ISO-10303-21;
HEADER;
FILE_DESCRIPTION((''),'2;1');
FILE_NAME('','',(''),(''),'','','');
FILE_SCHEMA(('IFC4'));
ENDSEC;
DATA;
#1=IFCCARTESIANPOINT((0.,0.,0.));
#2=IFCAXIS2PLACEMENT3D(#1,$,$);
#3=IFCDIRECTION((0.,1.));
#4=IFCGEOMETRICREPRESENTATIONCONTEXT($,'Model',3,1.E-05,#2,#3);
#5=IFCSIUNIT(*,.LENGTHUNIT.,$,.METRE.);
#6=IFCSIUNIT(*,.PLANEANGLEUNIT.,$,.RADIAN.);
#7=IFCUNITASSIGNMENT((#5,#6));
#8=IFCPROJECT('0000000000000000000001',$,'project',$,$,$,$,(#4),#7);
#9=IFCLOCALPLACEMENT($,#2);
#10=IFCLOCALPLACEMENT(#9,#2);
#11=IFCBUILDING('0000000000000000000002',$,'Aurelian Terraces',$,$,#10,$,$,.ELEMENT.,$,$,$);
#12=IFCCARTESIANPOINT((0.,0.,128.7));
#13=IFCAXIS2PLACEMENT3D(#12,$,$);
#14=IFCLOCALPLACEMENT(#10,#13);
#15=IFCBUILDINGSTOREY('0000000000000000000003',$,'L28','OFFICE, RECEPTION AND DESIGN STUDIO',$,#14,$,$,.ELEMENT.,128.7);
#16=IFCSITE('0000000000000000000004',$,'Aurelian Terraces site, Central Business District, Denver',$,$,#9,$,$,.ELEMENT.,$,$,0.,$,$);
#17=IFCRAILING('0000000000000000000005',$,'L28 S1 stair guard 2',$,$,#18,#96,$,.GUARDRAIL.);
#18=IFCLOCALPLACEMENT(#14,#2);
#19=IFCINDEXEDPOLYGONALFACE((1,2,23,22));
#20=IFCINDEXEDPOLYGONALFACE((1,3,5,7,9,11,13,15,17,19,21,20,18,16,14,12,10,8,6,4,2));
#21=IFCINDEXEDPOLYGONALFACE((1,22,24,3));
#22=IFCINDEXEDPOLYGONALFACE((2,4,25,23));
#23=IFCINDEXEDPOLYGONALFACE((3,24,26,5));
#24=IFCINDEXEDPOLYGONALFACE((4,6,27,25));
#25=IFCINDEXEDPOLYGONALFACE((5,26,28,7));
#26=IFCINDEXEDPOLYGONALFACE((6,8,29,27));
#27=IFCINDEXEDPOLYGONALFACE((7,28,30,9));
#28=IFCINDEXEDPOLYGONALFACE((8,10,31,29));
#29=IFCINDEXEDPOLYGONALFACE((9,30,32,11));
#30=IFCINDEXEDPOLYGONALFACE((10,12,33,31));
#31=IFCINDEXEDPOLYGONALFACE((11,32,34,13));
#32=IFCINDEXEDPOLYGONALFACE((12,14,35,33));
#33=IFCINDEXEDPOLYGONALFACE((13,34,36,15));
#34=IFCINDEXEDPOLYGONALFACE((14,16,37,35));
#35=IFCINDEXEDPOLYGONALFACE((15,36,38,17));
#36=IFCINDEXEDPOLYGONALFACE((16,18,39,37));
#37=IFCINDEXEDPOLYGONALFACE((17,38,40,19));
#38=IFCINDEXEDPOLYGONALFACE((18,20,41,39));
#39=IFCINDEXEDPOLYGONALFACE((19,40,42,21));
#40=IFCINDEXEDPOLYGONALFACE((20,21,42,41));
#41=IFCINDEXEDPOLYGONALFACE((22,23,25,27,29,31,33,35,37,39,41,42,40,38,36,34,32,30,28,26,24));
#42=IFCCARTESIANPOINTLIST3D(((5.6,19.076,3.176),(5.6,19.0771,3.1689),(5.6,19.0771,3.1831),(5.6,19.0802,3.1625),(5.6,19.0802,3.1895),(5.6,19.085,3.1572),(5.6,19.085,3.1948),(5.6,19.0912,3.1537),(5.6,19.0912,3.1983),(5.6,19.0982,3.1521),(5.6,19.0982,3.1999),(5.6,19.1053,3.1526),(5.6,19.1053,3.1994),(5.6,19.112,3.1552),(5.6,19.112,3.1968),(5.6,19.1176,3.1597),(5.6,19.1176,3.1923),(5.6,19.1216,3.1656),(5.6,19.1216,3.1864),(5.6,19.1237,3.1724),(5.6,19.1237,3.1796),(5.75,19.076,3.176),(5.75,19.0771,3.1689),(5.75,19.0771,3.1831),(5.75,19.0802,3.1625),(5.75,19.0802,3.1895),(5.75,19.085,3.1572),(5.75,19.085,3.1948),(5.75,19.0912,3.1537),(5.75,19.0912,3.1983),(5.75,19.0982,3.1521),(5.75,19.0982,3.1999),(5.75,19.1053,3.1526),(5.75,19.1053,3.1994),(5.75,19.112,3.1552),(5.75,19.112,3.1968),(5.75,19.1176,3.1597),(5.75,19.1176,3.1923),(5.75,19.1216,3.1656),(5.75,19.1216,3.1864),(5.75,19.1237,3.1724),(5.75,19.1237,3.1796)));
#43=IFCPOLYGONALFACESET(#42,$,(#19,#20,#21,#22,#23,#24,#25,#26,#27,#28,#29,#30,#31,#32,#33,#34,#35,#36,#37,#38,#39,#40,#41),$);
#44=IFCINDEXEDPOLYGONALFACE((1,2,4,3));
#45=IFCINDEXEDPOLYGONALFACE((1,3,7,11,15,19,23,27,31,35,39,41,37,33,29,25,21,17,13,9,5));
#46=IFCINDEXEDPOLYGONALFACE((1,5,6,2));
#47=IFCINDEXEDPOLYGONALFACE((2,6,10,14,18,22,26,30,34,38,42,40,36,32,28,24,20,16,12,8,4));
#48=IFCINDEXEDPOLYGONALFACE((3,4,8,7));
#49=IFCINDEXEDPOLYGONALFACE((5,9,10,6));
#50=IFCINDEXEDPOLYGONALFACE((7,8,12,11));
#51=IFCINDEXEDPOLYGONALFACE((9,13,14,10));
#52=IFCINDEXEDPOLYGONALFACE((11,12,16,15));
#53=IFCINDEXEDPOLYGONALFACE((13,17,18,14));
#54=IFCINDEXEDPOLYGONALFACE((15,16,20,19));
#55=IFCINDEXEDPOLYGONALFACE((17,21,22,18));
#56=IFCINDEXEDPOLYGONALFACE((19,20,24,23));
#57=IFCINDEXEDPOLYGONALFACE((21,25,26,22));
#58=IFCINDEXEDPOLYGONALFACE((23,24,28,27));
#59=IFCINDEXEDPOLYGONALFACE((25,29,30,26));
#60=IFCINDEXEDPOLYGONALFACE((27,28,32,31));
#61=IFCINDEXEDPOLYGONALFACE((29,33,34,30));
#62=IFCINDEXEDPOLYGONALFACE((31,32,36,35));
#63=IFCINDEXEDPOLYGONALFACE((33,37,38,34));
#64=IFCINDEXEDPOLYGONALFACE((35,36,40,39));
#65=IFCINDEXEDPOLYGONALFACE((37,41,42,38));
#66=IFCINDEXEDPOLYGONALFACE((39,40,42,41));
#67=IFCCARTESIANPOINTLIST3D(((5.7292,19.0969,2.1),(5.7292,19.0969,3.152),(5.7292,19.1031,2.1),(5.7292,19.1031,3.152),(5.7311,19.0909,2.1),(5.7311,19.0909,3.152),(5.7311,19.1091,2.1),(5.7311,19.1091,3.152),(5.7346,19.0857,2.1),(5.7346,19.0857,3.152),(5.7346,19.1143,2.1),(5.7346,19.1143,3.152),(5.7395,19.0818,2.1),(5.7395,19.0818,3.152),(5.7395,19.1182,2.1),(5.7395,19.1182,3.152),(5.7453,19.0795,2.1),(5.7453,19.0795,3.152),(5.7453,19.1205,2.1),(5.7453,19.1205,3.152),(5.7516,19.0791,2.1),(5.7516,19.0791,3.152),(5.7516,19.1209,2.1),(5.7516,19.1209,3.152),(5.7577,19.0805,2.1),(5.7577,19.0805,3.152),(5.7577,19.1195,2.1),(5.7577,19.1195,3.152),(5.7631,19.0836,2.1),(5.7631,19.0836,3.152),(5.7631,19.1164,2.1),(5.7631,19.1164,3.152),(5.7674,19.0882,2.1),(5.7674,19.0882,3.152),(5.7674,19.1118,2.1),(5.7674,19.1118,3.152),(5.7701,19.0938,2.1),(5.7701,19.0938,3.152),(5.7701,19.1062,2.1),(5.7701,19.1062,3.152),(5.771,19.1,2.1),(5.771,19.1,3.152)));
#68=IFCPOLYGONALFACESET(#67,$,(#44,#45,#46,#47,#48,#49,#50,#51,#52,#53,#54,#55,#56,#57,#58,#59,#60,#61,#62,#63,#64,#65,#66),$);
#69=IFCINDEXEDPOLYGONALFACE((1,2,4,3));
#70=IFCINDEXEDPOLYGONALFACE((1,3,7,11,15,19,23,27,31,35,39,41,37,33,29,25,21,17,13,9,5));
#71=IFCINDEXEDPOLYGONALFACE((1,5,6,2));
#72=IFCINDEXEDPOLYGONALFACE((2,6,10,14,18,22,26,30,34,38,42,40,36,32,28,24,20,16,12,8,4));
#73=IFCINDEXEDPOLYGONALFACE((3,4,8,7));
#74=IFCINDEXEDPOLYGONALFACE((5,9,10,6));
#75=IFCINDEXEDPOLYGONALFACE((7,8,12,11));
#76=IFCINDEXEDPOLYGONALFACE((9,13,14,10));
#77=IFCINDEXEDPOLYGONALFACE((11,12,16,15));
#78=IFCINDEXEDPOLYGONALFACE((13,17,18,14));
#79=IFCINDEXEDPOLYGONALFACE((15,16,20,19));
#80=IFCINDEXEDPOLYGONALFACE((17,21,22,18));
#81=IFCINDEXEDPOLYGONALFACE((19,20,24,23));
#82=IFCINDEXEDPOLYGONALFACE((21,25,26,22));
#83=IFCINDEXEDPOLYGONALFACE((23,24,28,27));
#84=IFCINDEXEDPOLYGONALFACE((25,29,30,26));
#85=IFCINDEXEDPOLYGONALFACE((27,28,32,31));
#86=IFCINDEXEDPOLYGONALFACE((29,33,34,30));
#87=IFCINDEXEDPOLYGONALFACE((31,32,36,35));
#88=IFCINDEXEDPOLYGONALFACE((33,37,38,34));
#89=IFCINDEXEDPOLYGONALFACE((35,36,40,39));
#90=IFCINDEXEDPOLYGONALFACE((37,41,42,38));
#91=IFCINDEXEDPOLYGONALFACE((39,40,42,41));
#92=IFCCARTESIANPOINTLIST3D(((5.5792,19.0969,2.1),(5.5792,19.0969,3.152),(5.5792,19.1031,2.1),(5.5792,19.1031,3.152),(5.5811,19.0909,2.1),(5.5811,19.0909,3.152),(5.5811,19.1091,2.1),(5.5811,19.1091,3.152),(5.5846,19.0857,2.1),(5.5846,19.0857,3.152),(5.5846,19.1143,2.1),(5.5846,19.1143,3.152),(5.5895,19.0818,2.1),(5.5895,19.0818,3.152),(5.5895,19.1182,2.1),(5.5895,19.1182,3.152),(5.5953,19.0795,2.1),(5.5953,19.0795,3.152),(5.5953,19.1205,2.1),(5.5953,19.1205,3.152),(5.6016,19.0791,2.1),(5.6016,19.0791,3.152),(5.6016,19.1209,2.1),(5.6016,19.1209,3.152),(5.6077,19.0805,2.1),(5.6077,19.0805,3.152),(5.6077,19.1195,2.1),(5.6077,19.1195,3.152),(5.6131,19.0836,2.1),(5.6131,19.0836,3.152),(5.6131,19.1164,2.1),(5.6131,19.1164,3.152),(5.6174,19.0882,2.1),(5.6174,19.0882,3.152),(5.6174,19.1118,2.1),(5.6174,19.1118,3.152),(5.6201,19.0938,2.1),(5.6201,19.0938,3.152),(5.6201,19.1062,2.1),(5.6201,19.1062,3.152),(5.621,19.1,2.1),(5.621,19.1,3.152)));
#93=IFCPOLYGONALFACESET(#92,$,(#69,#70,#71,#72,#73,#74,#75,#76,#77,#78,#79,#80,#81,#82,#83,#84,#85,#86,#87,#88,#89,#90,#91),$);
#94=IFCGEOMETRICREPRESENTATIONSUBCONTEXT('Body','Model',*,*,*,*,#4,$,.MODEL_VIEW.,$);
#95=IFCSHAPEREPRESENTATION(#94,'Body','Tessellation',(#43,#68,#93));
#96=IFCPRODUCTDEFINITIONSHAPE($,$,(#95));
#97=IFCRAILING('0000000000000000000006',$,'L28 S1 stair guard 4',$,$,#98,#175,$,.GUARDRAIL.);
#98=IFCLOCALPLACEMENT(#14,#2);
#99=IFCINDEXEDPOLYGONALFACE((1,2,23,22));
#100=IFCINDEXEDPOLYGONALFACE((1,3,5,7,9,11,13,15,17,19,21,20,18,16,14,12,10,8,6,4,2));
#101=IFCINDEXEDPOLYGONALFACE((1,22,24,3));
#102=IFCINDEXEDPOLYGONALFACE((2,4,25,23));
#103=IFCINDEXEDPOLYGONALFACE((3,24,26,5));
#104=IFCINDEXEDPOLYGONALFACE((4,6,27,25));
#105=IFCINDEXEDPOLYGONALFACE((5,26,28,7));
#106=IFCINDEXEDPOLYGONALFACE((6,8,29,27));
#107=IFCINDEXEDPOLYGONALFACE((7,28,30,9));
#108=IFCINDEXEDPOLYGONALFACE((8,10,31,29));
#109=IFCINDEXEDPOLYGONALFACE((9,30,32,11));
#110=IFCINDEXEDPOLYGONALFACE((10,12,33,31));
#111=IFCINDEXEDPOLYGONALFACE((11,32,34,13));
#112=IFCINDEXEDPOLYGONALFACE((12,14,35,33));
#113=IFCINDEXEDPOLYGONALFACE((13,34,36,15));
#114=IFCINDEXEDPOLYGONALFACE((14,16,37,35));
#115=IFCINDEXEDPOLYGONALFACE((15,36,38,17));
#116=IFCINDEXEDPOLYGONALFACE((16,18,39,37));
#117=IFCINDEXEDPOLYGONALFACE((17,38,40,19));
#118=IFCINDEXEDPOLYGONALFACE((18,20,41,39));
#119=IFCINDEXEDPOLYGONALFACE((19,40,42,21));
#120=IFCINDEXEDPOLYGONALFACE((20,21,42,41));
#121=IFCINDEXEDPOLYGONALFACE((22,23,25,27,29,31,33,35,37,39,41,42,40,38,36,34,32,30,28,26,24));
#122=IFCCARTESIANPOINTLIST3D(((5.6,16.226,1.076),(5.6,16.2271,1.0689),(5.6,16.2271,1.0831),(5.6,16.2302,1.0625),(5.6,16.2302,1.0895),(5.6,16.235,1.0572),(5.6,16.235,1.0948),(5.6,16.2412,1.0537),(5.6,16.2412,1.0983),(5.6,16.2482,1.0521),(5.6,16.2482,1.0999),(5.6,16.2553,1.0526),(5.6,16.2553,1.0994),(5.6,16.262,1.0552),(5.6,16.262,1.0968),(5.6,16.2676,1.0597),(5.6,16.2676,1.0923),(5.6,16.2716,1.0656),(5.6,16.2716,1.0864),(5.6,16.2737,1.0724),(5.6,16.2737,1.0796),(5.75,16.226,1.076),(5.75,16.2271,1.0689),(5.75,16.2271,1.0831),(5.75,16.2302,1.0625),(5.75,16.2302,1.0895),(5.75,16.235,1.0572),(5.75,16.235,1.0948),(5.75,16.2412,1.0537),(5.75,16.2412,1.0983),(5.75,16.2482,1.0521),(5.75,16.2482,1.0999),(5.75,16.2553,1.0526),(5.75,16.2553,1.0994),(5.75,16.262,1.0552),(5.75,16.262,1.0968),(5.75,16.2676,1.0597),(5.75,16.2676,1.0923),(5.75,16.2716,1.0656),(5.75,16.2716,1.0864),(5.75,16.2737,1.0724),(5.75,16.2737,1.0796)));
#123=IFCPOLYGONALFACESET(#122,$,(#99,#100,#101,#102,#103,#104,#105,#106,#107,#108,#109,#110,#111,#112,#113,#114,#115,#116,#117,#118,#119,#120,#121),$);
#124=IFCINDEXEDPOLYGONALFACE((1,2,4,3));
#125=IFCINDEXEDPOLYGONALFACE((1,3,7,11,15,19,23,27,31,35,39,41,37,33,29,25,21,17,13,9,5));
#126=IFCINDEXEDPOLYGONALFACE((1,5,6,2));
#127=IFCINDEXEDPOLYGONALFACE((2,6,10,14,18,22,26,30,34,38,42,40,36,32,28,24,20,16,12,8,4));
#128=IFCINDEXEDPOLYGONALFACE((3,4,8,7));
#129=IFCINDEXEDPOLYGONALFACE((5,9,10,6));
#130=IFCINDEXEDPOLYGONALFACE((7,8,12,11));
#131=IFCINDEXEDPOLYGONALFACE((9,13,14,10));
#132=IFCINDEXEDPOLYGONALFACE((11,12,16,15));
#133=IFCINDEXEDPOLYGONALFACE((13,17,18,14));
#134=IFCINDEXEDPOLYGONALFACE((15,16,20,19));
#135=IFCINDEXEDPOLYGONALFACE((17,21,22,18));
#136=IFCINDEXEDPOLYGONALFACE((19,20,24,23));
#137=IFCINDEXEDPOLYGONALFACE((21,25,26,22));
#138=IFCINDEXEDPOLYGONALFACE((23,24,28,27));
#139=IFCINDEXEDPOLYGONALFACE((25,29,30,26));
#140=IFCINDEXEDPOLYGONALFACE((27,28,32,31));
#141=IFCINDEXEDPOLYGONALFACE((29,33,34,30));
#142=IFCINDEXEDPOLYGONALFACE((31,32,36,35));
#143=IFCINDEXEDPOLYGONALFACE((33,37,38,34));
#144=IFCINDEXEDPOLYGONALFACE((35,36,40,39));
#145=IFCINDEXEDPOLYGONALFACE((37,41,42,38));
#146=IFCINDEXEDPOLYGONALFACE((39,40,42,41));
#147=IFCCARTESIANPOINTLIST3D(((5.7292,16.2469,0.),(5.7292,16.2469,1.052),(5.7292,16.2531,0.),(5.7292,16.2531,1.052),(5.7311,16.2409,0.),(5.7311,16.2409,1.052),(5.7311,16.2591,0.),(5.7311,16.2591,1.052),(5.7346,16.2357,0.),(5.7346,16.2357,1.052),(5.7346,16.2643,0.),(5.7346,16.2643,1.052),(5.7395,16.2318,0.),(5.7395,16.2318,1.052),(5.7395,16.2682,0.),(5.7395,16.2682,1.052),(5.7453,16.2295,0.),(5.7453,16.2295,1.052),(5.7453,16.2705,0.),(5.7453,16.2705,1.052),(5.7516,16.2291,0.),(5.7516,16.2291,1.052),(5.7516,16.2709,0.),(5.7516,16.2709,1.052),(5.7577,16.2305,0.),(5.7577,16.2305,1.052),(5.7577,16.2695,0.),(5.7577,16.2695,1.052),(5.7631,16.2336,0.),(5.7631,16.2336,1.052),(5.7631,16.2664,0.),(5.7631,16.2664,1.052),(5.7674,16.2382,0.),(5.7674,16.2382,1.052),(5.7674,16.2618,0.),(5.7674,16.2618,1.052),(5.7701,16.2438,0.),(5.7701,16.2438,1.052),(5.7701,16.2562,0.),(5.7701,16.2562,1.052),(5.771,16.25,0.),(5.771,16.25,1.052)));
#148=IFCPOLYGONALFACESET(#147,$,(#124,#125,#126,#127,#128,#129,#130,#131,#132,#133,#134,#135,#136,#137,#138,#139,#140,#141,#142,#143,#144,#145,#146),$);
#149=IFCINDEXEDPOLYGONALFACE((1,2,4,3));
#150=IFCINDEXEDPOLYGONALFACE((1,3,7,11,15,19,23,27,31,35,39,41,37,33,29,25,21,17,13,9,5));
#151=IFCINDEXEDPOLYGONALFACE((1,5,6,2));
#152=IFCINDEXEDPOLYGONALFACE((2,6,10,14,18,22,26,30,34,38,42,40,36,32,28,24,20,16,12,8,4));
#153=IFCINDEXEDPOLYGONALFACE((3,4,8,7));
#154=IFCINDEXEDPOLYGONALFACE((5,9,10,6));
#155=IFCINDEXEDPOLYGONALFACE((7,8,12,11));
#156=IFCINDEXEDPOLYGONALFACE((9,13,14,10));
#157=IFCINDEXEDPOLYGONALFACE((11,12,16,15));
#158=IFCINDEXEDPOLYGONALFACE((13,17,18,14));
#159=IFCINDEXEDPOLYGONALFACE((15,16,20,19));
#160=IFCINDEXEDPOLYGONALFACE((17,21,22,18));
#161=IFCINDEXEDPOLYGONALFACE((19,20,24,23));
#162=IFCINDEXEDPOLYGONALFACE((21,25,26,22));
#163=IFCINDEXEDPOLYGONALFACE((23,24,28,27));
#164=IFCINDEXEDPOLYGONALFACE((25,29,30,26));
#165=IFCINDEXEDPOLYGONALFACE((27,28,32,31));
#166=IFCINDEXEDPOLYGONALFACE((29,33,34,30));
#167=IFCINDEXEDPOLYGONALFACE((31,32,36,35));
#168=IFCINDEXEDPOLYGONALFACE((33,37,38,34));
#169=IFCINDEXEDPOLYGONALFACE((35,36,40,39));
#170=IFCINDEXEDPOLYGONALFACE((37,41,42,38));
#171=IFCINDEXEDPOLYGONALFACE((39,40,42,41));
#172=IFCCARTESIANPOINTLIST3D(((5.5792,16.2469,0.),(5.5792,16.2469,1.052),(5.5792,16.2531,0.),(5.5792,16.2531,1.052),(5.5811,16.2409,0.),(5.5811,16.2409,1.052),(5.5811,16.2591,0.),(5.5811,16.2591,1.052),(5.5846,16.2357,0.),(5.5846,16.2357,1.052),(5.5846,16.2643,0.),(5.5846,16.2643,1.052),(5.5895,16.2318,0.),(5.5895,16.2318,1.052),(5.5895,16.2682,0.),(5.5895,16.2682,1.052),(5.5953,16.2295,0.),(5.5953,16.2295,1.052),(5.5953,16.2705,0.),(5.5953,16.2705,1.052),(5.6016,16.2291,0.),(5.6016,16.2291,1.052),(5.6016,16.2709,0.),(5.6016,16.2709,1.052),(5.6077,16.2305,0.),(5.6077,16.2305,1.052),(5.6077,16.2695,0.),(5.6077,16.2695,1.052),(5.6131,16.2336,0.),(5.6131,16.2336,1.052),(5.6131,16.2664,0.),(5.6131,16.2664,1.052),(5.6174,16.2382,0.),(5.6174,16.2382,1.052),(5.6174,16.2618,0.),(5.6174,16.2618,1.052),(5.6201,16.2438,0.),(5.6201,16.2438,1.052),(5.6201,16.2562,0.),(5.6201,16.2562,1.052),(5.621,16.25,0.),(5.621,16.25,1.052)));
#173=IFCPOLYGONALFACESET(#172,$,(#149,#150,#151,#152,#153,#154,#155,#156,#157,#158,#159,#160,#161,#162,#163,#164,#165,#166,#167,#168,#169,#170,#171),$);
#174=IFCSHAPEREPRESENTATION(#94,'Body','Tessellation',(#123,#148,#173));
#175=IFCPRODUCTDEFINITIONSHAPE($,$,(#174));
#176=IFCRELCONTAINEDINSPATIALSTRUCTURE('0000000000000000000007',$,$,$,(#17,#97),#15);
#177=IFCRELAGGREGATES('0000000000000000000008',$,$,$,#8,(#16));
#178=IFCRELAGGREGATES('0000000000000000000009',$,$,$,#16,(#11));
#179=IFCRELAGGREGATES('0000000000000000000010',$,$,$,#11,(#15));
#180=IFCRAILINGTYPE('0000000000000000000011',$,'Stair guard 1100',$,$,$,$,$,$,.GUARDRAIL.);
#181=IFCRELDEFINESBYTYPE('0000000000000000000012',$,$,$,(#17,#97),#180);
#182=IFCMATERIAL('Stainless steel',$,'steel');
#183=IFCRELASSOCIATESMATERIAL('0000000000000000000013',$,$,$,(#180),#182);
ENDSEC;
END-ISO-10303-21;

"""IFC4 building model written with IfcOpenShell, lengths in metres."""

from ifc_helpers import new_model, si_unit, direction, frame, origin, origin_2d, place, context, subcontext, project, spatial, circle, extrude, source, transform, mapped, material, type_object, element, save


model = new_model("IFC4")

# Units and contexts
model_context = context("Model", 3, precision=1e-05, world=origin(), true_north=direction((0.0, 1.0)))
body_context = subcontext(model_context, "Body", "Model", "MODEL_VIEW")
ifc_project = project(units=[si_unit("LENGTHUNIT", "METRE"), si_unit("PLANEANGLEUNIT", "RADIAN")], contexts=[model_context])

# Site, building, storey
site_placement = place(None, origin())
site = spatial("IfcSite", under=ifc_project, at=site_placement, Name="Aurelian Terraces site, Central Business District, Denver", CompositionType="ELEMENT", RefElevation=0.0)
building_placement = place(site_placement, origin())
building = spatial("IfcBuilding", under=site, at=building_placement, Name="Aurelian Terraces", CompositionType="ELEMENT")
storey_placement = place(building_placement, frame((0.0, 0.0, 128.7)))
storey = spatial("IfcBuildingStorey", under=building, at=storey_placement, Name="L28", Description="OFFICE, RECEPTION AND DESIGN STUDIO", CompositionType="ELEMENT", Elevation=128.7)

# Railings
ifc_material_1 = material(Name="Stainless steel", Category="steel")
railing_type_1 = type_object("IfcRailingType", Name="Stair guard 1100", PredefinedType="GUARDRAIL", material=ifc_material_1)
shared_shape_1 = source(origin(), body_context, "Body", "SweptSolid", [
    extrude(circle(Radius=0.024, at=origin_2d()), frame((0.0, 0.0, 1.076), z_axis=(-1.0, 0.0, 0.0), x_axis=(0.0, -1.0, 0.0)), (0.0, 0.0, 1.0), 0.15),
    extrude(circle(Radius=0.021, at=origin_2d()), origin(), (0.0, 0.0, 1.0), 1.052),
    extrude(circle(Radius=0.021, at=origin_2d()), frame((-0.15, 0.0, 0.0)), (0.0, 0.0, 1.0), 1.052),
])
for number, where, name in (
    (1, (5.75, 19.1, 2.1), "L28 S1 stair guard 2"),
    (2, (5.75, 16.25, 0.0), "L28 S1 stair guard 4"),
):
    element("IfcRailing", number, at=place(storey_placement, frame(where)), inside=storey, type_object=railing_type_1, Name=name, PredefinedType="GUARDRAIL", context=body_context, shape_type="MappedRepresentation", body=[
        mapped(shared_shape_1, transform((0.0, 0.0, 0.0), scale=1.0)),
    ])

save(model, "model.ifc")
